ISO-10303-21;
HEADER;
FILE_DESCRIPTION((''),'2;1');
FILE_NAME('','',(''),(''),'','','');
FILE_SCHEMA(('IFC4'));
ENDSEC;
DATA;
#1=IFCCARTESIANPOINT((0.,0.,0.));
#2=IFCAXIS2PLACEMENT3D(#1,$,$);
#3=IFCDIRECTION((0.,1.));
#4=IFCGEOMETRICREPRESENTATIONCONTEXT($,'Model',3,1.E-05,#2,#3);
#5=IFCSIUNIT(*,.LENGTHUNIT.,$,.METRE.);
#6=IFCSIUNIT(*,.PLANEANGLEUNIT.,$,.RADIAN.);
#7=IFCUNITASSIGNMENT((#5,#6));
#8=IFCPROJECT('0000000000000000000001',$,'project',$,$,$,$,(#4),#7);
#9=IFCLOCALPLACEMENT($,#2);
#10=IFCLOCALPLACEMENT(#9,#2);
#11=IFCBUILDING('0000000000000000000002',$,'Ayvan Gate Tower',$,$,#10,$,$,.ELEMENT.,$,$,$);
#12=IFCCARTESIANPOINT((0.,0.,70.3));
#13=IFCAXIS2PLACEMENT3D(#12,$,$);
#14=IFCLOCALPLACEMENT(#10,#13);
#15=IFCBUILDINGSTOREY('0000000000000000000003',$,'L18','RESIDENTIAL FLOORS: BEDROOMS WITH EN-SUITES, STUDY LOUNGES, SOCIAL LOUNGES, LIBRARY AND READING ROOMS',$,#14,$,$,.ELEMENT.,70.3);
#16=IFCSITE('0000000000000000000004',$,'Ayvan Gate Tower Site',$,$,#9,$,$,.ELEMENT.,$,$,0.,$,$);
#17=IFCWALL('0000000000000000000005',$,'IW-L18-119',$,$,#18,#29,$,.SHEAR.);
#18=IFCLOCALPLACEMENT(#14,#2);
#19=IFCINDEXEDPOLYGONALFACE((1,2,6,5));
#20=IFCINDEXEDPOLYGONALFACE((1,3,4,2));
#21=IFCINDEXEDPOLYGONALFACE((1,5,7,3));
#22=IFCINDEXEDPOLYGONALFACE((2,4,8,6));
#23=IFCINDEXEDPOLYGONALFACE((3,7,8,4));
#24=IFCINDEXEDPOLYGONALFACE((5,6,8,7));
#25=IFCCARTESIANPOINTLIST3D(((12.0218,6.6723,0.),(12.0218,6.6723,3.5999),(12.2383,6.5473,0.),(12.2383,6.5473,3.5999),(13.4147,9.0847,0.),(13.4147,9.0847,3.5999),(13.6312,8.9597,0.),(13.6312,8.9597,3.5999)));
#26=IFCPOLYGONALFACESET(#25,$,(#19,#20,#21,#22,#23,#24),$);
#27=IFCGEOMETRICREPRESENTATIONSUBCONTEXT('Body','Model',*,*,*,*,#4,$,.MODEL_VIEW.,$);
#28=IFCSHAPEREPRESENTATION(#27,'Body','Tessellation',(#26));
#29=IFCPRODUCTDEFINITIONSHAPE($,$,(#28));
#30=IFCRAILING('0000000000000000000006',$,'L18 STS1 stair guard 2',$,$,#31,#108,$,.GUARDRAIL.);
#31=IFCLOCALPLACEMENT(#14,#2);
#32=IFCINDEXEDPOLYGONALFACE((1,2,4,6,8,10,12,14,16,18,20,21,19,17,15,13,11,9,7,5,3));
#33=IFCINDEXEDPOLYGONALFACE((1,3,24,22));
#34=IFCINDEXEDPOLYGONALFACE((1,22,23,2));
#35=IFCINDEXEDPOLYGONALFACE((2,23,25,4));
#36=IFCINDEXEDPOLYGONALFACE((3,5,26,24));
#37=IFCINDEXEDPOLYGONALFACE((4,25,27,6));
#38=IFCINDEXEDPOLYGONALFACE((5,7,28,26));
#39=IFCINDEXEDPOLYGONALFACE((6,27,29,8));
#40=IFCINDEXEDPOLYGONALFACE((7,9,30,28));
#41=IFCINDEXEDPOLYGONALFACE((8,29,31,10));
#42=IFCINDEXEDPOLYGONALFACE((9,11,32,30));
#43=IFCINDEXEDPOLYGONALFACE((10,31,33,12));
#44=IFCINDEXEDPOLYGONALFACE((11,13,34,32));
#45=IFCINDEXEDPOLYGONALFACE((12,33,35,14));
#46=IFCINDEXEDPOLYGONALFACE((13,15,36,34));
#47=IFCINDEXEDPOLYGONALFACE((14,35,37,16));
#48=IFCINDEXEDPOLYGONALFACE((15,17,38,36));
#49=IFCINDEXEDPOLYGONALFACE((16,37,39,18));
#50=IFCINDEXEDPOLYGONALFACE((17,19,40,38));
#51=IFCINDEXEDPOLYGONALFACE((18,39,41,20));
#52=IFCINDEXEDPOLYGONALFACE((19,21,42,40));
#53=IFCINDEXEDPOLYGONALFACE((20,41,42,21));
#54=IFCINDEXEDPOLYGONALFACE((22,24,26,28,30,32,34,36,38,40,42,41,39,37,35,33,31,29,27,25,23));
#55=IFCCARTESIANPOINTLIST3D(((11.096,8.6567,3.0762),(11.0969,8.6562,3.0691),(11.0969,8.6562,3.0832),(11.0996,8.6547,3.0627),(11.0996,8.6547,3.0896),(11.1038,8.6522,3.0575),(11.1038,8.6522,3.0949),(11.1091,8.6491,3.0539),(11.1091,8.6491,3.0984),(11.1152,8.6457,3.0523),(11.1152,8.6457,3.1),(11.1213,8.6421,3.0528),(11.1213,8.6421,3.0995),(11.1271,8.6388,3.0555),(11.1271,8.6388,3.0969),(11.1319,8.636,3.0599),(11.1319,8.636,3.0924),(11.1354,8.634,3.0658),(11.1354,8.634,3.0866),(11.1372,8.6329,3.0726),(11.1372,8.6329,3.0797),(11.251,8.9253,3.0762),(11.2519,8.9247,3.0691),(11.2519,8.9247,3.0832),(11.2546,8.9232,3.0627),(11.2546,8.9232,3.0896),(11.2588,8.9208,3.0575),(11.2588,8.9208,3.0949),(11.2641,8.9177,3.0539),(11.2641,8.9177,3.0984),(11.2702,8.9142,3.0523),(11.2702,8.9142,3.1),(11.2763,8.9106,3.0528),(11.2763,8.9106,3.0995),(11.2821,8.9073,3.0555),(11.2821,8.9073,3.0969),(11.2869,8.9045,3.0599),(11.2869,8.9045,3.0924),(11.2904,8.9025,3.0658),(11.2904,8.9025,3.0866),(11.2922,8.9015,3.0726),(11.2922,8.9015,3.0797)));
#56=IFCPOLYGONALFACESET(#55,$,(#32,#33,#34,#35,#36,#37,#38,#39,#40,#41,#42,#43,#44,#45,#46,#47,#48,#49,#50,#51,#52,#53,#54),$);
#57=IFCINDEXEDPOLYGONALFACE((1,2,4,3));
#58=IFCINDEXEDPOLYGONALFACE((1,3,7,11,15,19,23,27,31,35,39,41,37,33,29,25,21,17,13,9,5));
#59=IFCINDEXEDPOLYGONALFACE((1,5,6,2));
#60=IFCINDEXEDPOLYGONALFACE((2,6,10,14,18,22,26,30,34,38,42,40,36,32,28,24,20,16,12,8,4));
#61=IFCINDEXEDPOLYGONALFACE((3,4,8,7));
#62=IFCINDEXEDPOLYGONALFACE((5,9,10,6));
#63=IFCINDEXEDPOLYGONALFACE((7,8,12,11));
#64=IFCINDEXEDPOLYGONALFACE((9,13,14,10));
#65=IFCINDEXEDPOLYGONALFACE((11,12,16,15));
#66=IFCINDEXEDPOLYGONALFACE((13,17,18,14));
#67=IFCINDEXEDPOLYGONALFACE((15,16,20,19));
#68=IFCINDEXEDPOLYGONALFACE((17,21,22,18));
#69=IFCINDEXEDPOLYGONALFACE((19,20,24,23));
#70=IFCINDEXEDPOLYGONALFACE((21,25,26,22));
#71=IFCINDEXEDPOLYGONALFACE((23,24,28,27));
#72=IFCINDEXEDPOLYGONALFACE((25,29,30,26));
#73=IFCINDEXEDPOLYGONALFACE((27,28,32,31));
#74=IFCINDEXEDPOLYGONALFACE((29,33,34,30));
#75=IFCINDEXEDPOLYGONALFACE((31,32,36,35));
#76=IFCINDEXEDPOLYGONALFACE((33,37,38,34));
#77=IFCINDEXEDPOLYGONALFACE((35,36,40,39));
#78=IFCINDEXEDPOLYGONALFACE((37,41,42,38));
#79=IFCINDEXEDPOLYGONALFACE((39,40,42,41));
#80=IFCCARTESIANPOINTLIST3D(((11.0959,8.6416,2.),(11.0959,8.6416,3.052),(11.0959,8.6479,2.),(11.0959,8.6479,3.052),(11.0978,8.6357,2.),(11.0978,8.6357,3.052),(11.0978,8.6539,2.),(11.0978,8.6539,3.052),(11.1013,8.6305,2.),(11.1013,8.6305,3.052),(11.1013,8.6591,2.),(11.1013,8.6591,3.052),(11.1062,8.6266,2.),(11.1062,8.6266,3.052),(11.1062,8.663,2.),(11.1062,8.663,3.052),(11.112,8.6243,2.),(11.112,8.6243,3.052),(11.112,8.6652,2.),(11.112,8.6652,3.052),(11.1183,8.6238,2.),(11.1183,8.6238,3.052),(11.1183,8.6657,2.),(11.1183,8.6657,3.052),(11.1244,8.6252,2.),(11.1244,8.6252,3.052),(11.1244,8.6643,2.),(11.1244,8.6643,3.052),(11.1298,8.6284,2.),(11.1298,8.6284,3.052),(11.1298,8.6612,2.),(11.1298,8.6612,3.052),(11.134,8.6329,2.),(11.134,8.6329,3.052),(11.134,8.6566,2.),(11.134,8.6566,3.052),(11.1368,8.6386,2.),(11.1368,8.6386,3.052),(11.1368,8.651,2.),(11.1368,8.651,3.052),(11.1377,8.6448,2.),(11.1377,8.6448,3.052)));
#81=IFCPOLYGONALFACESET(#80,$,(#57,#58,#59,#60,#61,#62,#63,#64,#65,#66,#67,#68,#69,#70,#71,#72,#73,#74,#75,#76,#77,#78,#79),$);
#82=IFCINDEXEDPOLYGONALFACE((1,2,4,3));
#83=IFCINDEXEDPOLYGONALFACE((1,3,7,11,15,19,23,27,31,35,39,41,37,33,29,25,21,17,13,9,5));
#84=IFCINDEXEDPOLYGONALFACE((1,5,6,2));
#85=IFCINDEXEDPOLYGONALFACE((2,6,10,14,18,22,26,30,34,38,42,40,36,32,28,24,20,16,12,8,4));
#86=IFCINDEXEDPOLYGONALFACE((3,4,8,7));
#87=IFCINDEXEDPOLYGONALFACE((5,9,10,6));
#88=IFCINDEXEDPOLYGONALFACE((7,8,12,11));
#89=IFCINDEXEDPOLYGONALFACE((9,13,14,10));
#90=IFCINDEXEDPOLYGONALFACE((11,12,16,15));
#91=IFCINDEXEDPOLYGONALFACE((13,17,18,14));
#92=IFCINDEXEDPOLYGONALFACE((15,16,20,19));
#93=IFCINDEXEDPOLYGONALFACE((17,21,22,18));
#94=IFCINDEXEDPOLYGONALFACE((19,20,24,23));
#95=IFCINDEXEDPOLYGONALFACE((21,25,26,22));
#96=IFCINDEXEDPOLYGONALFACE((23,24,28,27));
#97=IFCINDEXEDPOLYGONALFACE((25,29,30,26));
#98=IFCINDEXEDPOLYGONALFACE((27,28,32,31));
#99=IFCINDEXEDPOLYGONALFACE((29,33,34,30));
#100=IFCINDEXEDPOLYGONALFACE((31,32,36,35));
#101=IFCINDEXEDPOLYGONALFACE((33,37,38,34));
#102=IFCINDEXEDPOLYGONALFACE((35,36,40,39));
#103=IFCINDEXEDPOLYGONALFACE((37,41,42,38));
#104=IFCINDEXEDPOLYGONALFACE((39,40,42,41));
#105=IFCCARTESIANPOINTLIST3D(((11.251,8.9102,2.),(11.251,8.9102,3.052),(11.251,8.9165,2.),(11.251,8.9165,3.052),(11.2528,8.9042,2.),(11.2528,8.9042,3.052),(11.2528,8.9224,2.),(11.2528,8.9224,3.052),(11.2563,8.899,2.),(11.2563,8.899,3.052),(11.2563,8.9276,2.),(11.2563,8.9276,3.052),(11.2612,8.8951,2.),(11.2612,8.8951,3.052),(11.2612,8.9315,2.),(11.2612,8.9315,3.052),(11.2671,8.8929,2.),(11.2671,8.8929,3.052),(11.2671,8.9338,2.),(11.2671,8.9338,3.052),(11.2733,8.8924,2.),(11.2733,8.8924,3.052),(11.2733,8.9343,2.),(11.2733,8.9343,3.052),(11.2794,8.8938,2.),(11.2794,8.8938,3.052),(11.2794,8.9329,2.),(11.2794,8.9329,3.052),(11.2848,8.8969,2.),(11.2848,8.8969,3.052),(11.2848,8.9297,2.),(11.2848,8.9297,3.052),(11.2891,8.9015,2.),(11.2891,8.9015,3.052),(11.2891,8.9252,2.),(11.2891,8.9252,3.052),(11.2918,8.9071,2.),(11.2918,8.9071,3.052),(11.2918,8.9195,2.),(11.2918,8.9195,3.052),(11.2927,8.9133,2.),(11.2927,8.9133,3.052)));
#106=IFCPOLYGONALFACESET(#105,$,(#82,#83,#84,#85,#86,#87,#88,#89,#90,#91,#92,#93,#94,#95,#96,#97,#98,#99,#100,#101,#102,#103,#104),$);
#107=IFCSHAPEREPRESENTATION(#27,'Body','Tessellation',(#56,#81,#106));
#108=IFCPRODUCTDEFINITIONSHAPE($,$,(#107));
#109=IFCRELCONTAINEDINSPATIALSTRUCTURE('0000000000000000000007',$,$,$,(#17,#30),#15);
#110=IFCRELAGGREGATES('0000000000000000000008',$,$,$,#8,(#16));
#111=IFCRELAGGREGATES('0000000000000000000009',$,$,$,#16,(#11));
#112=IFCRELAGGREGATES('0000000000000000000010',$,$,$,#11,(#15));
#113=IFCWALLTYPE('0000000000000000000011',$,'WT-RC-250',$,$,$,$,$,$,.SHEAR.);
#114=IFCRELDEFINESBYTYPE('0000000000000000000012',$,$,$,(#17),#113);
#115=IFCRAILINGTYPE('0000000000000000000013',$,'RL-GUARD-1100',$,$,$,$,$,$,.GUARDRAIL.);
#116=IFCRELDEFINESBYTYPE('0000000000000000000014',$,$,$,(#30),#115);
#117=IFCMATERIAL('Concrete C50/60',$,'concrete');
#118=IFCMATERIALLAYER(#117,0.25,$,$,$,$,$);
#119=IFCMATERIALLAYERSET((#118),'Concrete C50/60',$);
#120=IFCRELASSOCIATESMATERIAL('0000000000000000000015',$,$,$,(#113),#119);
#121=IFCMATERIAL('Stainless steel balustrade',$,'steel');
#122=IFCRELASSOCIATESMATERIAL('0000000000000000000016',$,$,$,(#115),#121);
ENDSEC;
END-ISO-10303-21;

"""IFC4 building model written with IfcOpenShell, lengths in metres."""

from ifc_helpers import new_model, si_unit, direction, frame, frame_2d, origin, origin_2d, place, context, subcontext, project, spatial, rectangle, circle, extrude, material, layer, layer_set, type_object, element, save


model = new_model("IFC4")

# Units and contexts
model_context = context("Model", 3, precision=1e-05, world=origin(), true_north=direction((0.0, 1.0)))
body_context = subcontext(model_context, "Body", "Model", "MODEL_VIEW")
ifc_project = project(units=[si_unit("LENGTHUNIT", "METRE"), si_unit("PLANEANGLEUNIT", "RADIAN")], contexts=[model_context])

# Site, building, storey
site_placement = place(None, origin())
site = spatial("IfcSite", under=ifc_project, at=site_placement, Name="Ayvan Gate Tower Site", CompositionType="ELEMENT", RefElevation=0.0)
building_placement = place(site_placement, origin())
building = spatial("IfcBuilding", under=site, at=building_placement, Name="Ayvan Gate Tower", CompositionType="ELEMENT")
storey_placement = place(building_placement, frame((0.0, 0.0, 70.3)))
storey = spatial("IfcBuildingStorey", under=building, at=storey_placement, Name="L18", Description="RESIDENTIAL FLOORS: BEDROOMS WITH EN-SUITES, STUDY LOUNGES, SOCIAL LOUNGES, LIBRARY AND READING ROOMS", CompositionType="ELEMENT", Elevation=70.3)

# Shared definitions
ifc_material_1 = material(Name="Concrete C50/60", Category="concrete")
ifc_layer_1 = layer(ifc_material_1, 0.25)
ifc_layer_set_1 = layer_set([ifc_layer_1], Name="Concrete C50/60")
wall_type_1 = type_object("IfcWallType", Name="WT-RC-250", PredefinedType="SHEAR", material=ifc_layer_set_1)

# Wall
wall_1_placement = place(storey_placement, frame((13.5229, 9.0222, 0.0), z_axis=(0.0, 0.0, 1.0), x_axis=(-0.500013, -0.866018, 0.0)))
element("IfcWall", 1, at=wall_1_placement, inside=storey, type_object=wall_type_1, Name="IW-L18-119", PredefinedType="SHEAR", context=body_context, shape_type="SweptSolid", body=[
    extrude(rectangle(XDim=2.7856, YDim=0.25, at=frame_2d((1.3928, 0.0))), origin(), (0.0, 0.0, 1.0), 3.5999),
])

# Railing
ifc_material_2 = material(Name="Stainless steel balustrade", Category="steel")
railing_type_1 = type_object("IfcRailingType", Name="RL-GUARD-1100", PredefinedType="GUARDRAIL", material=ifc_material_2)
railing_1_placement = place(storey_placement, frame((11.1167, 8.6448, 2.0)))
element("IfcRailing", 2, at=railing_1_placement, inside=storey, type_object=railing_type_1, Name="L18 STS1 stair guard 2", PredefinedType="GUARDRAIL", context=body_context, shape_type="SweptSolid", body=[
    extrude(circle(Radius=0.0239, at=origin_2d()), frame((0.0, 0.0, 1.0762), z_axis=(0.49995, 0.866054, 0.0), x_axis=(-0.866054, 0.49995, 0.0)), (0.0, 0.0, 1.0), 0.3101),
    extrude(circle(Radius=0.021, at=origin_2d()), origin(), (0.0, 0.0, 1.0), 1.052),
    extrude(circle(Radius=0.021, at=origin_2d()), frame((0.155, 0.2686, 0.0)), (0.0, 0.0, 1.0), 1.052),
])

save(model, "model.ifc")
